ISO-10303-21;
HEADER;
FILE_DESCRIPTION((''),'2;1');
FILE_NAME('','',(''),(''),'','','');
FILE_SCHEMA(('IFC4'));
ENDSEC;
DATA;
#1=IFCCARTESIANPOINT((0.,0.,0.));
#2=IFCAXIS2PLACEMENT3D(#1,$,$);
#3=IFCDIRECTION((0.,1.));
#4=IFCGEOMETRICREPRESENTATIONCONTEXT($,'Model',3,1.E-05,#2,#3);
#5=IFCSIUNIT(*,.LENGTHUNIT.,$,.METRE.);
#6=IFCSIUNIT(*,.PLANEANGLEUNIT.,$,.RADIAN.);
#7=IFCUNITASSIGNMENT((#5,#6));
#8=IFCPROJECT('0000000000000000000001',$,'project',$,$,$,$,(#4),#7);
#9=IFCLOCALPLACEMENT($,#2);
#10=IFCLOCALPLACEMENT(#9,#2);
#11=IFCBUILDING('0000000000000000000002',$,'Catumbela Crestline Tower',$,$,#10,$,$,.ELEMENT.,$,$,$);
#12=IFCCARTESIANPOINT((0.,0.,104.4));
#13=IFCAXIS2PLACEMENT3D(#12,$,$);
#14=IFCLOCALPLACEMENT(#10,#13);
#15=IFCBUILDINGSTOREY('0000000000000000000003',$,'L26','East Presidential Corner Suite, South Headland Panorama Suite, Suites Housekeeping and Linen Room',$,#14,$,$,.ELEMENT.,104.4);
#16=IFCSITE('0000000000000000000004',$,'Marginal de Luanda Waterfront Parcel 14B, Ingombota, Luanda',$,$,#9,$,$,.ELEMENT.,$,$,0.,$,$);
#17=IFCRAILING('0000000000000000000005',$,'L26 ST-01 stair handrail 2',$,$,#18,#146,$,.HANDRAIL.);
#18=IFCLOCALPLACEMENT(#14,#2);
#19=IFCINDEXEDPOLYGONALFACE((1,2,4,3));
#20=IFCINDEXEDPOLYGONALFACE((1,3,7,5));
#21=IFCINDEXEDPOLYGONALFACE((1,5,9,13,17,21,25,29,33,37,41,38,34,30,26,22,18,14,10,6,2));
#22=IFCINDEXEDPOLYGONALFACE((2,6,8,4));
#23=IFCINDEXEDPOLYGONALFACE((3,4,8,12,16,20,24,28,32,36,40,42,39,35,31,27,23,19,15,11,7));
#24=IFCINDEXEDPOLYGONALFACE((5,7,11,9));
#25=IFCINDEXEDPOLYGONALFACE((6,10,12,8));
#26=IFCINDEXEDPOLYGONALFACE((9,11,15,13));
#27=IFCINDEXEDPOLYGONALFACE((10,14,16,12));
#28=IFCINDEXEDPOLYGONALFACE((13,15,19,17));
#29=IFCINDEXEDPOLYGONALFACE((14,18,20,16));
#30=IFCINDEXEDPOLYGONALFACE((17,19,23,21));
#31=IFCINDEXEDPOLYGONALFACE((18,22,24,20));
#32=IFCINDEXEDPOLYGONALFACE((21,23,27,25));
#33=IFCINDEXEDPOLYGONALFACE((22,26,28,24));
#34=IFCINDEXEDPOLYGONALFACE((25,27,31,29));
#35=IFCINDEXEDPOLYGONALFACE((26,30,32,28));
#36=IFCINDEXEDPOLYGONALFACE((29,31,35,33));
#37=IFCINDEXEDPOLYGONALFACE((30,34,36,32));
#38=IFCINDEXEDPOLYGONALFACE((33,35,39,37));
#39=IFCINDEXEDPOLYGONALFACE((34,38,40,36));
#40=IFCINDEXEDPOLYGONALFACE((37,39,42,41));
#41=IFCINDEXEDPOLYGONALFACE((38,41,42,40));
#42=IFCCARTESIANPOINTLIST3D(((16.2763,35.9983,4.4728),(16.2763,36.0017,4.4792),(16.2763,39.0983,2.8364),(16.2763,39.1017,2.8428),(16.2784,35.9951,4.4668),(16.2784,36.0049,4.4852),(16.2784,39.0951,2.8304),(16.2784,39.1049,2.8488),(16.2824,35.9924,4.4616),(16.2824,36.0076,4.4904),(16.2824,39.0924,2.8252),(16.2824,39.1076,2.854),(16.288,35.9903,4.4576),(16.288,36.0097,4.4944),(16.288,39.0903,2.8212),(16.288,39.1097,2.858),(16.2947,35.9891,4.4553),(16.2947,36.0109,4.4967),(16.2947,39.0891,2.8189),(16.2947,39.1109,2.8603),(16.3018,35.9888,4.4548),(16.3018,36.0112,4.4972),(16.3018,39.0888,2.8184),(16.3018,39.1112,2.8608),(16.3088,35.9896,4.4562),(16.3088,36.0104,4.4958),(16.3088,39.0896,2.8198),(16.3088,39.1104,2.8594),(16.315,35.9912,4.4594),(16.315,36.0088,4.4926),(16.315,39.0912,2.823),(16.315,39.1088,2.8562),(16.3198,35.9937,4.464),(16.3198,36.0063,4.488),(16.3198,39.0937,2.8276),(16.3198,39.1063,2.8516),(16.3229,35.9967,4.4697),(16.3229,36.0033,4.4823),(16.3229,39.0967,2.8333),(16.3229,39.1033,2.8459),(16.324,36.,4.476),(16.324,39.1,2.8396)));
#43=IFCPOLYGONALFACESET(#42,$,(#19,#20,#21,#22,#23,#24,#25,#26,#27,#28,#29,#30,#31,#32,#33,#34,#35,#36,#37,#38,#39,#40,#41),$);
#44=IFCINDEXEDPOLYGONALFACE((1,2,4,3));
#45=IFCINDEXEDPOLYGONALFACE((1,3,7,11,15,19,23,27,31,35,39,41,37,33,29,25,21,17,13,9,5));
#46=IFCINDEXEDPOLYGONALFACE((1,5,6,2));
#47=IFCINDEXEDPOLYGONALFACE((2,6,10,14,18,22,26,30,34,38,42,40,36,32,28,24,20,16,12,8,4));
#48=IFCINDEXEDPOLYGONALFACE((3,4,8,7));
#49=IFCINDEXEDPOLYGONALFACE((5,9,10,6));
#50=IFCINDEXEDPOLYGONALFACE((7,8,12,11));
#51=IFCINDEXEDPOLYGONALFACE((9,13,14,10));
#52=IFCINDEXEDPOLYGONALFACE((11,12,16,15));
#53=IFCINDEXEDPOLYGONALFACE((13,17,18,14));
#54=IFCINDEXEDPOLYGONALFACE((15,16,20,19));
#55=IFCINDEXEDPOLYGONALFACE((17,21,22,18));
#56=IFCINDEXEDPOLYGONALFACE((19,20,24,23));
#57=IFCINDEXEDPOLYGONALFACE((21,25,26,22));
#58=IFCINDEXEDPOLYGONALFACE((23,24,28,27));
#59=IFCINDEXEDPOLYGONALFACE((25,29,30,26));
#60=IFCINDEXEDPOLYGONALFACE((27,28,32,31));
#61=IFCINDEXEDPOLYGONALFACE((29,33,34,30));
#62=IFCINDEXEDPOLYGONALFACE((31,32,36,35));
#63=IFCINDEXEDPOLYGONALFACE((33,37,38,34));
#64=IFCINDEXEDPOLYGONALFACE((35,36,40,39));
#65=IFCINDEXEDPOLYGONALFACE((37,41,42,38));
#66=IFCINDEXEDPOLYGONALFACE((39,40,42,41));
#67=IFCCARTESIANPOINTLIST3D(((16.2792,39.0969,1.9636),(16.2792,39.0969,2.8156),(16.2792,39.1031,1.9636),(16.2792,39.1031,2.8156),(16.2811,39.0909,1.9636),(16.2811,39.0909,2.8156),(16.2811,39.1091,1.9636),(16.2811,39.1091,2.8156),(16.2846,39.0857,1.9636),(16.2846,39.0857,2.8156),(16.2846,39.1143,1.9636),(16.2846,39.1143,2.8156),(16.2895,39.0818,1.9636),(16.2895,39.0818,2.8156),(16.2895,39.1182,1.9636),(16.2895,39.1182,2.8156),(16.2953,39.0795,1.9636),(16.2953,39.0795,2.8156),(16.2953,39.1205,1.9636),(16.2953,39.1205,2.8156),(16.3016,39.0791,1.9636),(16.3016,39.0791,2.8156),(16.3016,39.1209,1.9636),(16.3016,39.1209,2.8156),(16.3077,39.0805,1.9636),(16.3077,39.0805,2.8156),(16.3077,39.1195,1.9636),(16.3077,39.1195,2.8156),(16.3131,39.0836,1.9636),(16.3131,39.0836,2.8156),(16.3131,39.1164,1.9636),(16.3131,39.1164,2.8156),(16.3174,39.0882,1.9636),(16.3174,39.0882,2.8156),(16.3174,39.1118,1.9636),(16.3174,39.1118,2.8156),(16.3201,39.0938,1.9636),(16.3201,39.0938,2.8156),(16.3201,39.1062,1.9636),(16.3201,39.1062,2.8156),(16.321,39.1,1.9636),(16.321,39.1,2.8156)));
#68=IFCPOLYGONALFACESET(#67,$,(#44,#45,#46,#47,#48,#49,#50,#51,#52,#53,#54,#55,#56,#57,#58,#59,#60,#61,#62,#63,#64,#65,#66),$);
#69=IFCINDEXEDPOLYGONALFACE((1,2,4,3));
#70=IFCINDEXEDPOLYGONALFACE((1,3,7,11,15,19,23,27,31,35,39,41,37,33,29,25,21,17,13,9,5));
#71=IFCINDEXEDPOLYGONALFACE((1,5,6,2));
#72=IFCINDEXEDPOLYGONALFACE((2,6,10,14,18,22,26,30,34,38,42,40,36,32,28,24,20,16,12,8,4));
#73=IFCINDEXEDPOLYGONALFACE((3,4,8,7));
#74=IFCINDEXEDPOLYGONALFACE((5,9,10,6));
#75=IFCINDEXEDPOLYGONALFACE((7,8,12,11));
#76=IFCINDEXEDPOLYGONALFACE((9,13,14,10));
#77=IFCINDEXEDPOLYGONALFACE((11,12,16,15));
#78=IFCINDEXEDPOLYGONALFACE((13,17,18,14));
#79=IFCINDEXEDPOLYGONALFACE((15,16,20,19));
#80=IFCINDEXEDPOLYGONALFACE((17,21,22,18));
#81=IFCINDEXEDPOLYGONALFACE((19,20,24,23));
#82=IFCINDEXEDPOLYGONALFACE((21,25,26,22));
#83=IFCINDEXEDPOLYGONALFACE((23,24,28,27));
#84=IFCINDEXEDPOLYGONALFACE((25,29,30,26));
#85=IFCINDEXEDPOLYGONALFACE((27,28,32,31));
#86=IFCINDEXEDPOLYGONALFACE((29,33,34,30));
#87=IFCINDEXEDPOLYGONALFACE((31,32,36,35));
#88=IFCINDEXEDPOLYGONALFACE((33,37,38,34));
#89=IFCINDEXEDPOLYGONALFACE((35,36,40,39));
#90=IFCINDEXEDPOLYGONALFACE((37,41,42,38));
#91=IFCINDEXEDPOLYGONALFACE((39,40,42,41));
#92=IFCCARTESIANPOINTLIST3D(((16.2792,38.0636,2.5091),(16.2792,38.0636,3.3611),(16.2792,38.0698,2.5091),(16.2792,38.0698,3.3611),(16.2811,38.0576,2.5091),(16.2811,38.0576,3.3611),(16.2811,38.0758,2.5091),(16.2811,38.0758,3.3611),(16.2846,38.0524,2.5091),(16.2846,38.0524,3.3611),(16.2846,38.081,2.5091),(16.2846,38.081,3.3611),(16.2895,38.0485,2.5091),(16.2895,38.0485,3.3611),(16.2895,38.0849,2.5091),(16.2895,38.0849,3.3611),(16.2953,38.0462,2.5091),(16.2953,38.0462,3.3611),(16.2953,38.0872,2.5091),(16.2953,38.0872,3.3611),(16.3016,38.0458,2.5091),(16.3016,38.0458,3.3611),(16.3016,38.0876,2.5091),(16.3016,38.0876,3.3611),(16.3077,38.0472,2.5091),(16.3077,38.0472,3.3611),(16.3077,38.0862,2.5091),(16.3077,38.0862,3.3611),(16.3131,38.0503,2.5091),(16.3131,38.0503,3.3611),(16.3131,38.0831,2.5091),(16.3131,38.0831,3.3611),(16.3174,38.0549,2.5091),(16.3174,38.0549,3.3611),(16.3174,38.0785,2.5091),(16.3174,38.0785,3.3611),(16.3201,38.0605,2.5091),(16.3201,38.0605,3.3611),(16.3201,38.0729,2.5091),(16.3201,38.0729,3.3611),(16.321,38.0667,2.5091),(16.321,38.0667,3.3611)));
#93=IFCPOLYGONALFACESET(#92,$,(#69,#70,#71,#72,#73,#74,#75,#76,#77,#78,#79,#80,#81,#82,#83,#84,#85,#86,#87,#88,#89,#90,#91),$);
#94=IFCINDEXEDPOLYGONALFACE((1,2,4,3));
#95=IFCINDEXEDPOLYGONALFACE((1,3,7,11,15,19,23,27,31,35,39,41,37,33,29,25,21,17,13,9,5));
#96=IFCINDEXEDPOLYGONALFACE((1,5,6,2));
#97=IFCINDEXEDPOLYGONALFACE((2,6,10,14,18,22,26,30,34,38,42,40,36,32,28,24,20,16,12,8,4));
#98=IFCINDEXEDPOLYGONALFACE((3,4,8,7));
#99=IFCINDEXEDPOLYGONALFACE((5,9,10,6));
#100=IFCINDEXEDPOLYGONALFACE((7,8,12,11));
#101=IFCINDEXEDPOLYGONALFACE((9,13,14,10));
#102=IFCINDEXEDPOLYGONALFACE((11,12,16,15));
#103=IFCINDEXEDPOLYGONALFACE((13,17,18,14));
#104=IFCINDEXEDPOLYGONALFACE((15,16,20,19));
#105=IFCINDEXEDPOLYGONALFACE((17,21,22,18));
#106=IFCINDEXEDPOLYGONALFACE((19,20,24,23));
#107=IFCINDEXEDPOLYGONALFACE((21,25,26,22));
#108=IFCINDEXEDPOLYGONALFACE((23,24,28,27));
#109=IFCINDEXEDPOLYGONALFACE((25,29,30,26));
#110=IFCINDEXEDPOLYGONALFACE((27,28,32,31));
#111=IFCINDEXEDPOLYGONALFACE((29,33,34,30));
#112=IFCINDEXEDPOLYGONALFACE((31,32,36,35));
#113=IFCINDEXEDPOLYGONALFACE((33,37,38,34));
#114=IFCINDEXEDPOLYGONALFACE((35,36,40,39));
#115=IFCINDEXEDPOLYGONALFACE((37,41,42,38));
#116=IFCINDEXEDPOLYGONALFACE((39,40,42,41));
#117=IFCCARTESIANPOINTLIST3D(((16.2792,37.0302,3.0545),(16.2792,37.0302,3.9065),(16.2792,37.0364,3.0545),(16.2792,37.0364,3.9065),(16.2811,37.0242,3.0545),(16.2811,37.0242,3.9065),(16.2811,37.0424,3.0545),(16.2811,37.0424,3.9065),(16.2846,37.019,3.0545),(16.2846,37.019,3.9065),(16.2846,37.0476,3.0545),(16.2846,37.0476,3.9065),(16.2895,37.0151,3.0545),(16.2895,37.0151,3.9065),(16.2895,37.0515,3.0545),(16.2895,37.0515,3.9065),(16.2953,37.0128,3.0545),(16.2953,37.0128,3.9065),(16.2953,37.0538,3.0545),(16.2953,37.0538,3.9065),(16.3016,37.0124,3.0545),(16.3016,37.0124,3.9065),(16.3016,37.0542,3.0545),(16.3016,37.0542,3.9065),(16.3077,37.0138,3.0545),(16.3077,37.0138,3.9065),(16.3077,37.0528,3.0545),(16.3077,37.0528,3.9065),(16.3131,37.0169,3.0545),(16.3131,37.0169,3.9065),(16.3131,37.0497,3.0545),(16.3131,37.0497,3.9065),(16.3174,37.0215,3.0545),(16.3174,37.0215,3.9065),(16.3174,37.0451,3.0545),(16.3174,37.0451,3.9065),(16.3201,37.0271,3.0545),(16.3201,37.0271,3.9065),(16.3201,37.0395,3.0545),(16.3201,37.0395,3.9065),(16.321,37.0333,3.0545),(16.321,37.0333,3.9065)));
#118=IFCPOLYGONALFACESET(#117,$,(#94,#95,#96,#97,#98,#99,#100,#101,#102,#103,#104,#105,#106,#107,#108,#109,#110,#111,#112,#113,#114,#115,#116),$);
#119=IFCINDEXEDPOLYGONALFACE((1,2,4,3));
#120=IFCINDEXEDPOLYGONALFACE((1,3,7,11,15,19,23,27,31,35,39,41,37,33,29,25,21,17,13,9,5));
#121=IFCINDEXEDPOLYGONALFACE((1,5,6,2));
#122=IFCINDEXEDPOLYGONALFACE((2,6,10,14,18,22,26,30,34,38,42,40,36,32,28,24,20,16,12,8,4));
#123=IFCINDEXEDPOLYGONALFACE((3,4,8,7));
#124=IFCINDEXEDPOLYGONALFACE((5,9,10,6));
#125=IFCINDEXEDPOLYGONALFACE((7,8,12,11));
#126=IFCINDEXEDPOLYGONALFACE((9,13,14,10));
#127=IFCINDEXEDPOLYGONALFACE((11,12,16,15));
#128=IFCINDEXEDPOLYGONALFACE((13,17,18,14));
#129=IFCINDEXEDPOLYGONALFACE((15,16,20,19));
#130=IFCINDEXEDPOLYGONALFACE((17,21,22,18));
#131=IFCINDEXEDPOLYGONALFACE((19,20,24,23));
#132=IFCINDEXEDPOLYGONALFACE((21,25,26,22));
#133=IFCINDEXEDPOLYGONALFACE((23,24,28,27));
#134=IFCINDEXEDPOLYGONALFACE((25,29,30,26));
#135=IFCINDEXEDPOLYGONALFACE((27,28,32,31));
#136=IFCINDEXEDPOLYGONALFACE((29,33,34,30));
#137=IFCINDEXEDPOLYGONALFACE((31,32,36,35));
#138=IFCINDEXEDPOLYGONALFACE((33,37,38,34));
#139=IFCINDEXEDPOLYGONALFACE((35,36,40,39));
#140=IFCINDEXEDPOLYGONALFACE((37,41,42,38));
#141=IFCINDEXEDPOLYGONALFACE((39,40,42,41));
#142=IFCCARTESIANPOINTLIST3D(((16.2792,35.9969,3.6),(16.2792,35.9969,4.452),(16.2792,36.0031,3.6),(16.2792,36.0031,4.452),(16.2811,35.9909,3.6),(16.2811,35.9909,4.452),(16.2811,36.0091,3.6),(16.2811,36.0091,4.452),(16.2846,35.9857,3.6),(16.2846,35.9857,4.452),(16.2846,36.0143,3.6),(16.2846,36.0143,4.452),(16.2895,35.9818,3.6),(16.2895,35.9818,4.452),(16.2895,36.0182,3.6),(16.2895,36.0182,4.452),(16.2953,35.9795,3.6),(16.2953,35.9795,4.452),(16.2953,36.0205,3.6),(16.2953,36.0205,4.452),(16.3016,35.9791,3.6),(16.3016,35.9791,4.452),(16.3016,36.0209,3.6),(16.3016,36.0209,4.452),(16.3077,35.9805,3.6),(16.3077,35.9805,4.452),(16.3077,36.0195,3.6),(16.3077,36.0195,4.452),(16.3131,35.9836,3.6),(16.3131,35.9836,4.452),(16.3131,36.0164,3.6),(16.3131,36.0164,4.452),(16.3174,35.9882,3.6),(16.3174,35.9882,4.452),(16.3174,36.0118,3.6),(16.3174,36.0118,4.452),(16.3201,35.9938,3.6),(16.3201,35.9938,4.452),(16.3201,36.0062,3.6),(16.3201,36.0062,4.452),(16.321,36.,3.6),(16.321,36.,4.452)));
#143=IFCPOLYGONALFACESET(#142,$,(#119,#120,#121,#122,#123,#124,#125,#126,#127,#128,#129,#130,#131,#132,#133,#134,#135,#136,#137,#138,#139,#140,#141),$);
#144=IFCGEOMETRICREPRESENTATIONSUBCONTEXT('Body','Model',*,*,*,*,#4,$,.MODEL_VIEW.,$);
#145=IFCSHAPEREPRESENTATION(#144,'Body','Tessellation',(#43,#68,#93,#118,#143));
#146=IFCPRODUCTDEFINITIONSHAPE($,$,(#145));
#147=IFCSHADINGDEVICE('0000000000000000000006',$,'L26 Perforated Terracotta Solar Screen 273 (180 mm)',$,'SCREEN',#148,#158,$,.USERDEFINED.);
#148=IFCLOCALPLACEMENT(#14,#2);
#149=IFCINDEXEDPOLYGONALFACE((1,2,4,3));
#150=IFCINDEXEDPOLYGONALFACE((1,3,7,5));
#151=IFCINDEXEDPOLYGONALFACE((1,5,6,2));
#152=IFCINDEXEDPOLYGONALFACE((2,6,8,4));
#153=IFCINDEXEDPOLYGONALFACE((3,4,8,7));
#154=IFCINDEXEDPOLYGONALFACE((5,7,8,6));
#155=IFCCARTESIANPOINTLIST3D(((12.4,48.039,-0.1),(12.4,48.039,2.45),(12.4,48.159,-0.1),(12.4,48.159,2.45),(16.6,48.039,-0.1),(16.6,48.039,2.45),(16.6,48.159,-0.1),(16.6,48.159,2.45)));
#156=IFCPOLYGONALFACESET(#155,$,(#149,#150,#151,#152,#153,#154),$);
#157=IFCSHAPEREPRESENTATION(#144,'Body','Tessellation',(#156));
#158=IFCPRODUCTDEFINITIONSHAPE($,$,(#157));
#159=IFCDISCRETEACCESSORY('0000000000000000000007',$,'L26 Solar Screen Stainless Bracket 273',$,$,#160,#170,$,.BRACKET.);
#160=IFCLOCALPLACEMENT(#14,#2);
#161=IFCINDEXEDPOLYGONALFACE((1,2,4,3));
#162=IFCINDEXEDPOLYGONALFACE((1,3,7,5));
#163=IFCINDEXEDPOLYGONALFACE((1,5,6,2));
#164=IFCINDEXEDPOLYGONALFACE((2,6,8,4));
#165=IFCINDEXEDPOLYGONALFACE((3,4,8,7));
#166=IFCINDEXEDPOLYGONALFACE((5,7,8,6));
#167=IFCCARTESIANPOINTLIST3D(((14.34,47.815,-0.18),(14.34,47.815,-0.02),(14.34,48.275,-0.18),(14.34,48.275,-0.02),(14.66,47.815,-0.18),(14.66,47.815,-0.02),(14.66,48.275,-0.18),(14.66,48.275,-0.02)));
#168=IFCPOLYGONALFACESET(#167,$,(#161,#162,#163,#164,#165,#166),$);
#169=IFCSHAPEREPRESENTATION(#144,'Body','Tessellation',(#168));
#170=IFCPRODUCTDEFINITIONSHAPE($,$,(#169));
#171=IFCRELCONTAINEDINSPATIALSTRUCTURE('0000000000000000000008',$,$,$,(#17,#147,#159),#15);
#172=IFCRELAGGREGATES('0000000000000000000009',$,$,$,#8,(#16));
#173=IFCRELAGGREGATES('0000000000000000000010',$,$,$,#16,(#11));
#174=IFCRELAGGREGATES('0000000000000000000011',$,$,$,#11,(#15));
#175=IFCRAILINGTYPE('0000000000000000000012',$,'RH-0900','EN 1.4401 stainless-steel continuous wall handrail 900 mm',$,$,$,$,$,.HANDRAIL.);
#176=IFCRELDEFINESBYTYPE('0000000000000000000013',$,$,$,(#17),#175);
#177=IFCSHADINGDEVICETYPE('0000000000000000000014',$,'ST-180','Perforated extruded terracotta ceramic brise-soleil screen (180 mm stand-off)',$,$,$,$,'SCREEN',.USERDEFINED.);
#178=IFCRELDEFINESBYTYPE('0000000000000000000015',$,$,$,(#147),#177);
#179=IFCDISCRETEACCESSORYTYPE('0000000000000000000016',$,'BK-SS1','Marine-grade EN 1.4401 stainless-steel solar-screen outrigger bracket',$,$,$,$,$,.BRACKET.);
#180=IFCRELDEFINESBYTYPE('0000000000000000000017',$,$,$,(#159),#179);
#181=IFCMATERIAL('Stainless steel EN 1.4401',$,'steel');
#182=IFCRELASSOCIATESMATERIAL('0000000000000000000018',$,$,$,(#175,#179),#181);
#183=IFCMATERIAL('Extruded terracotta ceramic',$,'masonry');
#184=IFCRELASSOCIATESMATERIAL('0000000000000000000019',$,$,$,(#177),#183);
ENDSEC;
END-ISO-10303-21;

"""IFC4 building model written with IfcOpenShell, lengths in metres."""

from ifc_helpers import new_model, si_unit, direction, frame, origin, origin_2d, place, context, subcontext, project, spatial, rectangle, circle, extrude, material, type_object, element, save


model = new_model("IFC4")

# Units and contexts
model_context = context("Model", 3, precision=1e-05, world=origin(), true_north=direction((0.0, 1.0)))
body_context = subcontext(model_context, "Body", "Model", "MODEL_VIEW")
ifc_project = project(units=[si_unit("LENGTHUNIT", "METRE"), si_unit("PLANEANGLEUNIT", "RADIAN")], contexts=[model_context])

# Site, building, storey
site_placement = place(None, origin())
site = spatial("IfcSite", under=ifc_project, at=site_placement, Name="Marginal de Luanda Waterfront Parcel 14B, Ingombota, Luanda", CompositionType="ELEMENT", RefElevation=0.0)
building_placement = place(site_placement, origin())
building = spatial("IfcBuilding", under=site, at=building_placement, Name="Catumbela Crestline Tower", CompositionType="ELEMENT")
storey_placement = place(building_placement, frame((0.0, 0.0, 104.4)))
storey = spatial("IfcBuildingStorey", under=building, at=storey_placement, Name="L26", Description="East Presidential Corner Suite, South Headland Panorama Suite, Suites Housekeeping and Linen Room", CompositionType="ELEMENT", Elevation=104.4)

# Railing
ifc_material_1 = material(Name="Stainless steel EN 1.4401", Category="steel")
railing_type_1 = type_object("IfcRailingType", Name="RH-0900", Description="EN 1.4401 stainless-steel continuous wall handrail 900 mm", PredefinedType="HANDRAIL", material=ifc_material_1)
railing_1_placement = place(storey_placement, frame((16.3, 39.1, 1.9636)))
element("IfcRailing", 1, at=railing_1_placement, inside=storey, type_object=railing_type_1, Name="L26 ST-01 stair handrail 2", PredefinedType="HANDRAIL", context=body_context, shape_type="SweptSolid", body=[
    extrude(circle(Radius=0.024, at=origin_2d()), frame((0.0, 0.0, 0.876), z_axis=(0.0, -0.884351, 0.466823), x_axis=(1.0, 0.0, 0.0)), (0.0, 0.0, 1.0), 3.5054),
    extrude(circle(Radius=0.021, at=origin_2d()), origin(), (0.0, 0.0, 1.0), 0.852),
    extrude(circle(Radius=0.021, at=origin_2d()), frame((0.0, -1.0333, 0.5455)), (0.0, 0.0, 1.0), 0.852),
    extrude(circle(Radius=0.021, at=origin_2d()), frame((0.0, -2.0667, 1.0909)), (0.0, 0.0, 1.0), 0.852),
    extrude(circle(Radius=0.021, at=origin_2d()), frame((0.0, -3.1, 1.6364)), (0.0, 0.0, 1.0), 0.852),
])

# Shading device
ifc_material_2 = material(Name="Extruded terracotta ceramic", Category="masonry")
shading_device_type = type_object("IfcShadingDeviceType", Name="ST-180", Description="Perforated extruded terracotta ceramic brise-soleil screen (180 mm stand-off)", ElementType="SCREEN", PredefinedType="USERDEFINED", material=ifc_material_2)
shading_device_placement = place(storey_placement, frame((14.5, 48.099, -0.1), z_axis=(0.0, 0.0, 1.0), x_axis=(-1.0, 0.0, 0.0)))
element("IfcShadingDevice", 2, at=shading_device_placement, inside=storey, type_object=shading_device_type, Name="L26 Perforated Terracotta Solar Screen 273 (180 mm)", ObjectType="SCREEN", PredefinedType="USERDEFINED", context=body_context, shape_type="SweptSolid", body=[
    extrude(rectangle(XDim=4.2, YDim=0.12, at=origin_2d()), origin(), (0.0, 0.0, 1.0), 2.55),
])

# Discrete accessory
discrete_accessory_type = type_object("IfcDiscreteAccessoryType", Name="BK-SS1", Description="Marine-grade EN 1.4401 stainless-steel solar-screen outrigger bracket", PredefinedType="BRACKET", material=ifc_material_1)
discrete_accessory_placement = place(storey_placement, frame((14.5, 48.045, -0.18), z_axis=(0.0, 0.0, 1.0), x_axis=(-1.0, 0.0, 0.0)))
element("IfcDiscreteAccessory", 3, at=discrete_accessory_placement, inside=storey, type_object=discrete_accessory_type, Name="L26 Solar Screen Stainless Bracket 273", PredefinedType="BRACKET", context=body_context, shape_type="SweptSolid", body=[
    extrude(rectangle(XDim=0.32, YDim=0.46, at=origin_2d()), origin(), (0.0, 0.0, 1.0), 0.16),
])

save(model, "model.ifc")
